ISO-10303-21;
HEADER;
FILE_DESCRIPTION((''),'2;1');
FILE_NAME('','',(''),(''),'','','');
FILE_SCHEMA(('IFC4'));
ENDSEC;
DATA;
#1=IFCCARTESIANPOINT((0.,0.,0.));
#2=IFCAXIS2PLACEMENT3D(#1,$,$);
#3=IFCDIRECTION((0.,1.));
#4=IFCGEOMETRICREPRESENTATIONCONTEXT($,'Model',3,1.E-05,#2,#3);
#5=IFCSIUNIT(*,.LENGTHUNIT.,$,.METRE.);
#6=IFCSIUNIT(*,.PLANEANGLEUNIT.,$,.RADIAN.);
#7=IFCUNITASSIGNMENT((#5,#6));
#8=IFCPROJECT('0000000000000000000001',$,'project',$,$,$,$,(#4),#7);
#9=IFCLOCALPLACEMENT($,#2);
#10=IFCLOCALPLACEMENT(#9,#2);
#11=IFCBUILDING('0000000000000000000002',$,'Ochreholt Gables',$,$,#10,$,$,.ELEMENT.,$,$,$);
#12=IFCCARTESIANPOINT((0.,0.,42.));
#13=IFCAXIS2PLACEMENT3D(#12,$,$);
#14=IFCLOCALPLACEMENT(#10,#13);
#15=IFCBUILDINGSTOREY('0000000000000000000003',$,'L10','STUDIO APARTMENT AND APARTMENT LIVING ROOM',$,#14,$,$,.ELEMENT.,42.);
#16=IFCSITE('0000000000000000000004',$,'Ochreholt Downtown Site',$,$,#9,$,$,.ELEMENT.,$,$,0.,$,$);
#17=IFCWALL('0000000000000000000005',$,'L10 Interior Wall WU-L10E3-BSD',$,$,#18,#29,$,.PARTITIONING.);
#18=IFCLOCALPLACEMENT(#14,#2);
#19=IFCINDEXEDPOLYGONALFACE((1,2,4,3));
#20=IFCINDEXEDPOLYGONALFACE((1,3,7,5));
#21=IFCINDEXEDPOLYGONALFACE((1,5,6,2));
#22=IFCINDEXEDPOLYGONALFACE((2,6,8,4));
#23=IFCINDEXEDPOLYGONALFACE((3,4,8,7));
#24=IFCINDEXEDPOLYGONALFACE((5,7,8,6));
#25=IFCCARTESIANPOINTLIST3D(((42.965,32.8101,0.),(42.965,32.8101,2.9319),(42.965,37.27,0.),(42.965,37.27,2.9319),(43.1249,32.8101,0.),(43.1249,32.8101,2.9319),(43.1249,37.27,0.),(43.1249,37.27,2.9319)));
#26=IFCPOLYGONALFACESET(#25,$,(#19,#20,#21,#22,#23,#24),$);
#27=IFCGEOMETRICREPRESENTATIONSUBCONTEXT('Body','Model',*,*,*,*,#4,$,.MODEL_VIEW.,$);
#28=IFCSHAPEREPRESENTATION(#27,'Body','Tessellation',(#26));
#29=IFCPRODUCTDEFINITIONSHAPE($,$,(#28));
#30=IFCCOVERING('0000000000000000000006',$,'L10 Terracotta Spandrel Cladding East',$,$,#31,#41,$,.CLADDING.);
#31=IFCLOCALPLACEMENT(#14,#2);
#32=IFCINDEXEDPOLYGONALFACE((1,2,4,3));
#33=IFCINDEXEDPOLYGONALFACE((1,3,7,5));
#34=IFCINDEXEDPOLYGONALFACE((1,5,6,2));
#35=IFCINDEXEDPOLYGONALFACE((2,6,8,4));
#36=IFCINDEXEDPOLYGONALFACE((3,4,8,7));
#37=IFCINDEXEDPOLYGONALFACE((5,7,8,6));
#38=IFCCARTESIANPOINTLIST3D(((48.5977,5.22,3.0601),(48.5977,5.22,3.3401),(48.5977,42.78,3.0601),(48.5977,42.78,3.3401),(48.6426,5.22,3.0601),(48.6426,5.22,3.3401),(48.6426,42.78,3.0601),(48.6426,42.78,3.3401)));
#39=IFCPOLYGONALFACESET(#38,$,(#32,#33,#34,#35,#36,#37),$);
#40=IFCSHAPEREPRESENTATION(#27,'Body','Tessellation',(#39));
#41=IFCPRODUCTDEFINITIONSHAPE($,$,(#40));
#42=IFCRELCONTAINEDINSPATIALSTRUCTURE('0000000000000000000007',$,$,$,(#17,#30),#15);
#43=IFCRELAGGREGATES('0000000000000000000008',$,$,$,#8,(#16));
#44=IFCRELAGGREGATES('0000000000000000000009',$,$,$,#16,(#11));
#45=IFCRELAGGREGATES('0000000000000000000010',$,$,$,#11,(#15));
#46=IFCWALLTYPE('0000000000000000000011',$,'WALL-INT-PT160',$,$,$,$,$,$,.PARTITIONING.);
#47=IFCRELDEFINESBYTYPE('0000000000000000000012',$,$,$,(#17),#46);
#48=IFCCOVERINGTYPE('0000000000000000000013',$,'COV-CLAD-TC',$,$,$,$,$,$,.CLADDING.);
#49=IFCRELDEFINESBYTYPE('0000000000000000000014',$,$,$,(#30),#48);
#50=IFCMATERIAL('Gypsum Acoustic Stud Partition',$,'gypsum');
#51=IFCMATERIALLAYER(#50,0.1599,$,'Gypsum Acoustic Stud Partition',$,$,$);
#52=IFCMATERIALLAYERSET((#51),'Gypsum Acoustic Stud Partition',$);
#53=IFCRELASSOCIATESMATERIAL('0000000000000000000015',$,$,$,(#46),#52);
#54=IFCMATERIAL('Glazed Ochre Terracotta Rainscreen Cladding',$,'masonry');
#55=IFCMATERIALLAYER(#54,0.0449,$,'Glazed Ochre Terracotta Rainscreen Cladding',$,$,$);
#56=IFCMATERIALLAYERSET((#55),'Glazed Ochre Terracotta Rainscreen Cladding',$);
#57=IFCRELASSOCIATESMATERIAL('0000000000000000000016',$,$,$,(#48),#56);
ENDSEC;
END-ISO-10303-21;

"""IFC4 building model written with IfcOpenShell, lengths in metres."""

from ifc_helpers import new_model, si_unit, direction, frame, frame_2d, origin, origin_2d, place, context, subcontext, project, spatial, rectangle, extrude, material, layer, layer_set, type_object, element, save


model = new_model("IFC4")

# Units and contexts
model_context = context("Model", 3, precision=1e-05, world=origin(), true_north=direction((0.0, 1.0)))
body_context = subcontext(model_context, "Body", "Model", "MODEL_VIEW")
ifc_project = project(units=[si_unit("LENGTHUNIT", "METRE"), si_unit("PLANEANGLEUNIT", "RADIAN")], contexts=[model_context])

# Site, building, storey
site_placement = place(None, origin())
site = spatial("IfcSite", under=ifc_project, at=site_placement, Name="Ochreholt Downtown Site", CompositionType="ELEMENT", RefElevation=0.0)
building_placement = place(site_placement, origin())
building = spatial("IfcBuilding", under=site, at=building_placement, Name="Ochreholt Gables", CompositionType="ELEMENT")
storey_placement = place(building_placement, frame((0.0, 0.0, 42.0)))
storey = spatial("IfcBuildingStorey", under=building, at=storey_placement, Name="L10", Description="STUDIO APARTMENT AND APARTMENT LIVING ROOM", CompositionType="ELEMENT", Elevation=42.0)

# Shared definitions
ifc_material_1 = material(Name="Gypsum Acoustic Stud Partition", Category="gypsum")
ifc_layer_1 = layer(ifc_material_1, 0.1599, Name="Gypsum Acoustic Stud Partition")
ifc_layer_set_1 = layer_set([ifc_layer_1], Name="Gypsum Acoustic Stud Partition")
wall_type_1 = type_object("IfcWallType", Name="WALL-INT-PT160", PredefinedType="PARTITIONING", material=ifc_layer_set_1)

# Wall
wall_1_placement = place(storey_placement, frame((43.0449, 32.8101, 0.0), z_axis=(0.0, 0.0, 1.0), x_axis=(0.0, 1.0, 0.0)))
element("IfcWall", 1, at=wall_1_placement, inside=storey, type_object=wall_type_1, Name="L10 Interior Wall WU-L10E3-BSD", PredefinedType="PARTITIONING", context=body_context, shape_type="SweptSolid", body=[
    extrude(rectangle(XDim=4.46, YDim=0.1599, at=frame_2d((2.23, 0.0))), origin(), (0.0, 0.0, 1.0), 2.9319),
])

# Covering
ifc_material_2 = material(Name="Glazed Ochre Terracotta Rainscreen Cladding", Category="masonry")
ifc_layer_2 = layer(ifc_material_2, 0.0449, Name="Glazed Ochre Terracotta Rainscreen Cladding")
ifc_layer_set_2 = layer_set([ifc_layer_2], Name="Glazed Ochre Terracotta Rainscreen Cladding")
covering_type = type_object("IfcCoveringType", Name="COV-CLAD-TC", PredefinedType="CLADDING", material=ifc_layer_set_2)
covering_placement = place(storey_placement, frame((48.6201, 24.0, 3.0601), z_axis=(0.0, 0.0, 1.0), x_axis=(0.0, 1.0, 0.0)))
element("IfcCovering", 2, at=covering_placement, inside=storey, type_object=covering_type, Name="L10 Terracotta Spandrel Cladding East", PredefinedType="CLADDING", context=body_context, shape_type="SweptSolid", body=[
    extrude(rectangle(XDim=37.5601, YDim=0.0449, at=origin_2d()), origin(), (0.0, 0.0, 1.0), 0.28),
])

save(model, "model.ifc")
